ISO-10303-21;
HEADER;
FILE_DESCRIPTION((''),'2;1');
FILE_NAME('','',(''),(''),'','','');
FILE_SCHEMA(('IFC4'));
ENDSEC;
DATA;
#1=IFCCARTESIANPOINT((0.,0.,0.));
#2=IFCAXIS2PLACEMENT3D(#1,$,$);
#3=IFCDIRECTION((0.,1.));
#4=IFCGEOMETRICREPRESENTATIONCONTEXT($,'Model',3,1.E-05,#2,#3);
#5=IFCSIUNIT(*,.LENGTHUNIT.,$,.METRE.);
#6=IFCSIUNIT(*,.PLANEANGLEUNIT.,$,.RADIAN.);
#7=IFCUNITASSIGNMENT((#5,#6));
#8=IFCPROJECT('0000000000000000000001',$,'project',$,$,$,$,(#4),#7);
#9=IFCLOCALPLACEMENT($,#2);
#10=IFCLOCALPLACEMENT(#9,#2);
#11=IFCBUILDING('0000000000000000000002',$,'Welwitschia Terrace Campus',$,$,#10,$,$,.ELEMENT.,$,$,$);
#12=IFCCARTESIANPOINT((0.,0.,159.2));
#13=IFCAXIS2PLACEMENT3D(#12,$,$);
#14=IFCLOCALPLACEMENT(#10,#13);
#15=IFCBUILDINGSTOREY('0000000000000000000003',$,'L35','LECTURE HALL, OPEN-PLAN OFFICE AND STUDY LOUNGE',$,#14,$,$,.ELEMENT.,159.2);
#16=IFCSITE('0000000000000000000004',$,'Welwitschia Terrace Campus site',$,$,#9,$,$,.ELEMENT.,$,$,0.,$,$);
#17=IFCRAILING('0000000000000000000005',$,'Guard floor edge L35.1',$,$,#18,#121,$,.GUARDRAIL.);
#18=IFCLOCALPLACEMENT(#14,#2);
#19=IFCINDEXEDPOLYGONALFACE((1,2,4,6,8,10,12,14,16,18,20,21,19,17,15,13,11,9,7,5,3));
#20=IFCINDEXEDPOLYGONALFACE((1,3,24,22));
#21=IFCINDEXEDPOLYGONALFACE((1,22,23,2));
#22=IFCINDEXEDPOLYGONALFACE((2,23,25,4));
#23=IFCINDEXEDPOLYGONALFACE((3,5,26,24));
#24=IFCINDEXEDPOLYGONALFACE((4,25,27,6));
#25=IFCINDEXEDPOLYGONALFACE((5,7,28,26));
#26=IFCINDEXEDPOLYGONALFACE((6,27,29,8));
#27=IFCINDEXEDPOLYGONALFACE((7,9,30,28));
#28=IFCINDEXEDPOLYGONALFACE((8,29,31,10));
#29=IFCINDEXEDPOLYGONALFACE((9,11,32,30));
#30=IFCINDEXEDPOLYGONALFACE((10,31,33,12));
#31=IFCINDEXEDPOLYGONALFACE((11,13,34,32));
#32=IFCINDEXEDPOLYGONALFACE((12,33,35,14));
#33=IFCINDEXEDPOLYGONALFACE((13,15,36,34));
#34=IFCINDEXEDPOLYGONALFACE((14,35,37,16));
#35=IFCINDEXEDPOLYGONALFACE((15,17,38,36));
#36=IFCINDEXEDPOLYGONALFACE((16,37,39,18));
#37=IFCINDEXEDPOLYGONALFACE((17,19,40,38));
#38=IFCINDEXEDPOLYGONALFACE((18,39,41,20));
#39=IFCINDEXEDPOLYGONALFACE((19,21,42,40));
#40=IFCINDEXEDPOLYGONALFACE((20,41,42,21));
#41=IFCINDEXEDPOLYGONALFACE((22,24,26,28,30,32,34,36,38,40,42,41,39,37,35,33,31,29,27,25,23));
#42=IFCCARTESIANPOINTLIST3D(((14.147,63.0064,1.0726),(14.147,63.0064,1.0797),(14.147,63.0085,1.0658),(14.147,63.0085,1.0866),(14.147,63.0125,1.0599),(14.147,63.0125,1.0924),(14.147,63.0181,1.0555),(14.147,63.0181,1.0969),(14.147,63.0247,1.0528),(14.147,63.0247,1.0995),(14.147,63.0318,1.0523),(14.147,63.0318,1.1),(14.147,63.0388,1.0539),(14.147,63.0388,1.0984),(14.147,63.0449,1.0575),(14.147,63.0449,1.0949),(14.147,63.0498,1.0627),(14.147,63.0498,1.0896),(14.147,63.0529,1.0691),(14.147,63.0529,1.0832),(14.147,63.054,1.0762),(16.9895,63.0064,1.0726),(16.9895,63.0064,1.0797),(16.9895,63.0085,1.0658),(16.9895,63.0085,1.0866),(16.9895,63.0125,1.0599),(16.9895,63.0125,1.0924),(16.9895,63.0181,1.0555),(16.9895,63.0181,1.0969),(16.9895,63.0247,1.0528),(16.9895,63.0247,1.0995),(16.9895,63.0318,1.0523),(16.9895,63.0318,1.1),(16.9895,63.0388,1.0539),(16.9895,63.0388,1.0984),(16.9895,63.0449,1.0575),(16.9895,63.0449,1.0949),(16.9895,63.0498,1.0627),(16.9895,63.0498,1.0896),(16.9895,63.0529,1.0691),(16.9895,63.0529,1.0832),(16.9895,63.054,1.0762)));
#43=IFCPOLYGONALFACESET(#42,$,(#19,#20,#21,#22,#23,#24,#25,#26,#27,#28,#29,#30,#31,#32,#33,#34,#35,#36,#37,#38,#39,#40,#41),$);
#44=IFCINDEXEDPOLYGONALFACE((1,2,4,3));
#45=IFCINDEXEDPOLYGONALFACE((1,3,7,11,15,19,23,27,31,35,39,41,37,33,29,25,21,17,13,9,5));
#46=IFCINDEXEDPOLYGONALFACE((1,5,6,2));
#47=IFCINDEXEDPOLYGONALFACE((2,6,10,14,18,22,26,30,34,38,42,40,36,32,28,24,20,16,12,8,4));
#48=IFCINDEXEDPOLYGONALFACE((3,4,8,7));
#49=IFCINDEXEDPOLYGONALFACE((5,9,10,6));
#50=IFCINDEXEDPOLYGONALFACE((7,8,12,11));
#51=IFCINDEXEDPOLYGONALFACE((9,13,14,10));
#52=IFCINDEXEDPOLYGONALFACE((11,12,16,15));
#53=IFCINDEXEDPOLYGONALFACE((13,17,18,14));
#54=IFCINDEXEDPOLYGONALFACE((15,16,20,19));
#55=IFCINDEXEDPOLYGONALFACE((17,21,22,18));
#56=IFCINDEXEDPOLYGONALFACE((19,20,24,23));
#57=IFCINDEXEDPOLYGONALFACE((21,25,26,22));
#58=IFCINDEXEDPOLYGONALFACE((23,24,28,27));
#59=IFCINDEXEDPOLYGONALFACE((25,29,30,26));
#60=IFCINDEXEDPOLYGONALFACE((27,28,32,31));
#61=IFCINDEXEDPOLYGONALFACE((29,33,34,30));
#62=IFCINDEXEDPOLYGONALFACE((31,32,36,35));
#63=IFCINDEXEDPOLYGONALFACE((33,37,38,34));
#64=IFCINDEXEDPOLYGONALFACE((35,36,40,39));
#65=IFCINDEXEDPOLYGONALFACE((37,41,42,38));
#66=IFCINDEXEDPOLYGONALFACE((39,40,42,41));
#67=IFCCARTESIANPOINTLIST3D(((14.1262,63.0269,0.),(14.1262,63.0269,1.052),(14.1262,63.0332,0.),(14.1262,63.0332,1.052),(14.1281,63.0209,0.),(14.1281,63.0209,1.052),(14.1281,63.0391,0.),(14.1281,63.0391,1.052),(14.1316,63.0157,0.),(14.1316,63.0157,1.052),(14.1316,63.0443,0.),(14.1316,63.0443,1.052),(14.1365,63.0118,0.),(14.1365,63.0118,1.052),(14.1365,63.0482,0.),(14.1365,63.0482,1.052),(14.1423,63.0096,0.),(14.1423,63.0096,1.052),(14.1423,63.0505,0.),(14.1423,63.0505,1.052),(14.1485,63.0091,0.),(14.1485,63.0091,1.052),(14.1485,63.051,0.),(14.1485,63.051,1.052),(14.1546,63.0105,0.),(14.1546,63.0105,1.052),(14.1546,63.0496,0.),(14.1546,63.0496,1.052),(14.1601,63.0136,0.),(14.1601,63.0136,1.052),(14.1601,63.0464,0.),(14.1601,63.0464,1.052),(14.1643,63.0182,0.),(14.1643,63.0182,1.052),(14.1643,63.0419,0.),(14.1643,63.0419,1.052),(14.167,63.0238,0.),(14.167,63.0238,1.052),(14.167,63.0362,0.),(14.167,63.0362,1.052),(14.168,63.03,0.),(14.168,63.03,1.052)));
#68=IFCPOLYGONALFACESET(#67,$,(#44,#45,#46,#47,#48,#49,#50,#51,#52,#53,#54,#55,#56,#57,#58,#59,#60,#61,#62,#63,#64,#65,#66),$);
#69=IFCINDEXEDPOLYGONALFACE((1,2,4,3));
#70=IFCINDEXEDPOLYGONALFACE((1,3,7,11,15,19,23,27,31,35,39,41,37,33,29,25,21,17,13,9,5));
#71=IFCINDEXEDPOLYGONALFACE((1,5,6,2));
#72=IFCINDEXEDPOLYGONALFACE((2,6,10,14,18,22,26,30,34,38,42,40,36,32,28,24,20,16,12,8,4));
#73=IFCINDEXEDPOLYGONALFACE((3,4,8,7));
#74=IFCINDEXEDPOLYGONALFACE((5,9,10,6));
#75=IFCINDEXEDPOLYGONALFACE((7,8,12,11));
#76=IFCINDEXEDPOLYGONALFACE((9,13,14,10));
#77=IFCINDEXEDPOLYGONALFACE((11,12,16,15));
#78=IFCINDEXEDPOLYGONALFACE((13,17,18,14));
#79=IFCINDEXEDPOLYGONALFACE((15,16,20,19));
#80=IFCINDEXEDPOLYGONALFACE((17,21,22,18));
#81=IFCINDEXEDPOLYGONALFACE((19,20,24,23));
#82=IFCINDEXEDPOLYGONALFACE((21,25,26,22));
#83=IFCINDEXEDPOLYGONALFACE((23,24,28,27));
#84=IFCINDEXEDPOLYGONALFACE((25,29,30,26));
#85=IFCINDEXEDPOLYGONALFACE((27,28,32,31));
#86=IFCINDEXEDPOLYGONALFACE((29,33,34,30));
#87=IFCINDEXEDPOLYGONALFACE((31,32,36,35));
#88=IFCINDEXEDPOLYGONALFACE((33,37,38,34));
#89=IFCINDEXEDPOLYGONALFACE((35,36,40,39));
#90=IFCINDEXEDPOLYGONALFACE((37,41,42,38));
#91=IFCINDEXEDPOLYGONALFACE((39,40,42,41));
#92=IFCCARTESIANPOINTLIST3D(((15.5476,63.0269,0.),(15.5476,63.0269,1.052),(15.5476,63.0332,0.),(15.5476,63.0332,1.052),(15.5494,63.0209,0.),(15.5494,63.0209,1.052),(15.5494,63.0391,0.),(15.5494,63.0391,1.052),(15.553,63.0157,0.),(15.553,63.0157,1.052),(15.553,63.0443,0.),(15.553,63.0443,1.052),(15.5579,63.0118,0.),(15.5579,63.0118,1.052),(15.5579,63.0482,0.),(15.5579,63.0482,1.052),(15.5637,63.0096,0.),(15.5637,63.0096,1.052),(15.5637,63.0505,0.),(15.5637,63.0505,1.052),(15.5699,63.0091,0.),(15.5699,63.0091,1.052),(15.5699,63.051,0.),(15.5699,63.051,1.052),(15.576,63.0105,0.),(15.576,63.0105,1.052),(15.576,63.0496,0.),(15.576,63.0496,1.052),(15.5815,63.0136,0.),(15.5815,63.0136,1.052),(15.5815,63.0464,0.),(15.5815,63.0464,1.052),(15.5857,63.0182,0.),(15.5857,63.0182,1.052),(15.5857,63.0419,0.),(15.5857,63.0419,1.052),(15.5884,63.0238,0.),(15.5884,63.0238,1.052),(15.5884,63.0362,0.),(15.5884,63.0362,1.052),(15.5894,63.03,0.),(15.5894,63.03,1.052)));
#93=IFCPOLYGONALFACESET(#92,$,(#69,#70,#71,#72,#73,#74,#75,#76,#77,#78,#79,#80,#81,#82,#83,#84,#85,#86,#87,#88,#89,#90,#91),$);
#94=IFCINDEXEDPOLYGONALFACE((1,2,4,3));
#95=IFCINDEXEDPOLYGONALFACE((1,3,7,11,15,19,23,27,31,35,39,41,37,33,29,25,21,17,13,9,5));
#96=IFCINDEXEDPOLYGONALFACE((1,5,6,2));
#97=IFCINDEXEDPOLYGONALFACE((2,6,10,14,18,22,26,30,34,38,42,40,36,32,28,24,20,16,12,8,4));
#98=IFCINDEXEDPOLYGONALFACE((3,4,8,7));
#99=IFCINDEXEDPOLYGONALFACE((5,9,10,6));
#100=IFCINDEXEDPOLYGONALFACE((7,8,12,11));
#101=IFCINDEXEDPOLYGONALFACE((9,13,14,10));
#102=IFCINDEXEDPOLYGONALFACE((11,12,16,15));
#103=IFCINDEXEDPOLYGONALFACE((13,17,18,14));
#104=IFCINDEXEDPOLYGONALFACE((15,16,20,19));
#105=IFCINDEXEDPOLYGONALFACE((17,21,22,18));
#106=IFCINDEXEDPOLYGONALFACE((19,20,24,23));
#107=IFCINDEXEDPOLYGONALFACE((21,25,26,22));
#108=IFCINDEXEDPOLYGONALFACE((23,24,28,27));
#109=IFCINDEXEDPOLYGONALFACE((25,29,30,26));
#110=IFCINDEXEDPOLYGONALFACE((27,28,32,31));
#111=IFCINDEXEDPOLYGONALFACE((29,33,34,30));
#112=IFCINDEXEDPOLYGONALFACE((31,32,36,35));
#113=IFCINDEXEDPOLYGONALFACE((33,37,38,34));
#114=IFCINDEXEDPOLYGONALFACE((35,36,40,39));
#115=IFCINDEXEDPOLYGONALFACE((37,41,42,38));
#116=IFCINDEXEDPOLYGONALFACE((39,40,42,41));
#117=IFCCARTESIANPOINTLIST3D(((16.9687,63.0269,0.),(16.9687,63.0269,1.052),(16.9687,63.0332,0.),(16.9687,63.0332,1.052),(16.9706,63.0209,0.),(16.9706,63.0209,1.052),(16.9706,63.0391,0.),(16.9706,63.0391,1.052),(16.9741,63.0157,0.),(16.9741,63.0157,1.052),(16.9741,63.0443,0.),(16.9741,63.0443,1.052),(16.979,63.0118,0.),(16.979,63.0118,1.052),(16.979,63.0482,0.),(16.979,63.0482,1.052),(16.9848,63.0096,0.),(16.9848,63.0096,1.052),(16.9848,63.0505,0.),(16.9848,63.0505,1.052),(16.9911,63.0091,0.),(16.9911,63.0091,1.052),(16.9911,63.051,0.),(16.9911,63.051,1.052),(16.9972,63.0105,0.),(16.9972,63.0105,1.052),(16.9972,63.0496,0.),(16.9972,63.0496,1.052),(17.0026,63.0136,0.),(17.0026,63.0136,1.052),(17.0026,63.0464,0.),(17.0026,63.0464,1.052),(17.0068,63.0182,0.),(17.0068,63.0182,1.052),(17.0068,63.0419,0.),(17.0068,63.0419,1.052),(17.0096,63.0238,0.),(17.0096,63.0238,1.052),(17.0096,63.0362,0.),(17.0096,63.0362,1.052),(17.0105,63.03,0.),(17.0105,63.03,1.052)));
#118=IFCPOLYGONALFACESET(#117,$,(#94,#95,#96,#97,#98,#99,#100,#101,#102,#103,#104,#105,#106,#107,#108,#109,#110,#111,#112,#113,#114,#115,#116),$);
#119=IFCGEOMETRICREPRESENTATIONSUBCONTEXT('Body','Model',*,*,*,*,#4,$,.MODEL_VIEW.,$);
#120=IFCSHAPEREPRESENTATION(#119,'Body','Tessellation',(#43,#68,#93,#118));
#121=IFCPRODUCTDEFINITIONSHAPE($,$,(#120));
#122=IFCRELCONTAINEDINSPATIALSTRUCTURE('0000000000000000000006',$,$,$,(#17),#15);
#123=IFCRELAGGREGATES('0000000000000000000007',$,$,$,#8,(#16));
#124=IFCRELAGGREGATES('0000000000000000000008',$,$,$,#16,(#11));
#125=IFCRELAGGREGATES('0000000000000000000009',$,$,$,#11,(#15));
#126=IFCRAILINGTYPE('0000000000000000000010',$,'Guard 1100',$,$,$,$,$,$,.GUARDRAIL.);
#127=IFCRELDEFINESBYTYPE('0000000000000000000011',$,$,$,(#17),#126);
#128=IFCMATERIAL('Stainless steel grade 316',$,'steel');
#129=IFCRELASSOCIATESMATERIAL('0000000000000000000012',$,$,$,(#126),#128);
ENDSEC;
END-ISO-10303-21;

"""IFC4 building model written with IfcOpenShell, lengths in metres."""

from ifc_helpers import new_model, si_unit, direction, frame, origin, origin_2d, place, context, subcontext, project, spatial, circle, extrude, material, type_object, element, save


model = new_model("IFC4")

# Units and contexts
model_context = context("Model", 3, precision=1e-05, world=origin(), true_north=direction((0.0, 1.0)))
body_context = subcontext(model_context, "Body", "Model", "MODEL_VIEW")
ifc_project = project(units=[si_unit("LENGTHUNIT", "METRE"), si_unit("PLANEANGLEUNIT", "RADIAN")], contexts=[model_context])

# Site, building, storey
site_placement = place(None, origin())
site = spatial("IfcSite", under=ifc_project, at=site_placement, Name="Welwitschia Terrace Campus site", CompositionType="ELEMENT", RefElevation=0.0)
building_placement = place(site_placement, origin())
building = spatial("IfcBuilding", under=site, at=building_placement, Name="Welwitschia Terrace Campus", CompositionType="ELEMENT")
storey_placement = place(building_placement, frame((0.0, 0.0, 159.2)))
storey = spatial("IfcBuildingStorey", under=building, at=storey_placement, Name="L35", Description="LECTURE HALL, OPEN-PLAN OFFICE AND STUDY LOUNGE", CompositionType="ELEMENT", Elevation=159.2)

# Railing
ifc_material_1 = material(Name="Stainless steel grade 316", Category="steel")
railing_type = type_object("IfcRailingType", Name="Guard 1100", PredefinedType="GUARDRAIL", material=ifc_material_1)
railing_1_placement = place(storey_placement, frame((14.147, 63.03, 0.0)))
element("IfcRailing", 1, at=railing_1_placement, inside=storey, type_object=railing_type, Name="Guard floor edge L35.1", PredefinedType="GUARDRAIL", context=body_context, shape_type="SweptSolid", body=[
    extrude(circle(Radius=0.0239, at=origin_2d()), frame((0.0, 0.0, 1.0762), z_axis=(1.0, 0.0, 0.0), x_axis=(0.0, 1.0, 0.0)), (0.0, 0.0, 1.0), 2.8425),
    extrude(circle(Radius=0.021, at=origin_2d()), origin(), (0.0, 0.0, 1.0), 1.052),
    extrude(circle(Radius=0.021, at=origin_2d()), frame((1.4214, 0.0, 0.0)), (0.0, 0.0, 1.0), 1.052),
    extrude(circle(Radius=0.021, at=origin_2d()), frame((2.8425, 0.0, 0.0)), (0.0, 0.0, 1.0), 1.052),
])

save(model, "model.ifc")
